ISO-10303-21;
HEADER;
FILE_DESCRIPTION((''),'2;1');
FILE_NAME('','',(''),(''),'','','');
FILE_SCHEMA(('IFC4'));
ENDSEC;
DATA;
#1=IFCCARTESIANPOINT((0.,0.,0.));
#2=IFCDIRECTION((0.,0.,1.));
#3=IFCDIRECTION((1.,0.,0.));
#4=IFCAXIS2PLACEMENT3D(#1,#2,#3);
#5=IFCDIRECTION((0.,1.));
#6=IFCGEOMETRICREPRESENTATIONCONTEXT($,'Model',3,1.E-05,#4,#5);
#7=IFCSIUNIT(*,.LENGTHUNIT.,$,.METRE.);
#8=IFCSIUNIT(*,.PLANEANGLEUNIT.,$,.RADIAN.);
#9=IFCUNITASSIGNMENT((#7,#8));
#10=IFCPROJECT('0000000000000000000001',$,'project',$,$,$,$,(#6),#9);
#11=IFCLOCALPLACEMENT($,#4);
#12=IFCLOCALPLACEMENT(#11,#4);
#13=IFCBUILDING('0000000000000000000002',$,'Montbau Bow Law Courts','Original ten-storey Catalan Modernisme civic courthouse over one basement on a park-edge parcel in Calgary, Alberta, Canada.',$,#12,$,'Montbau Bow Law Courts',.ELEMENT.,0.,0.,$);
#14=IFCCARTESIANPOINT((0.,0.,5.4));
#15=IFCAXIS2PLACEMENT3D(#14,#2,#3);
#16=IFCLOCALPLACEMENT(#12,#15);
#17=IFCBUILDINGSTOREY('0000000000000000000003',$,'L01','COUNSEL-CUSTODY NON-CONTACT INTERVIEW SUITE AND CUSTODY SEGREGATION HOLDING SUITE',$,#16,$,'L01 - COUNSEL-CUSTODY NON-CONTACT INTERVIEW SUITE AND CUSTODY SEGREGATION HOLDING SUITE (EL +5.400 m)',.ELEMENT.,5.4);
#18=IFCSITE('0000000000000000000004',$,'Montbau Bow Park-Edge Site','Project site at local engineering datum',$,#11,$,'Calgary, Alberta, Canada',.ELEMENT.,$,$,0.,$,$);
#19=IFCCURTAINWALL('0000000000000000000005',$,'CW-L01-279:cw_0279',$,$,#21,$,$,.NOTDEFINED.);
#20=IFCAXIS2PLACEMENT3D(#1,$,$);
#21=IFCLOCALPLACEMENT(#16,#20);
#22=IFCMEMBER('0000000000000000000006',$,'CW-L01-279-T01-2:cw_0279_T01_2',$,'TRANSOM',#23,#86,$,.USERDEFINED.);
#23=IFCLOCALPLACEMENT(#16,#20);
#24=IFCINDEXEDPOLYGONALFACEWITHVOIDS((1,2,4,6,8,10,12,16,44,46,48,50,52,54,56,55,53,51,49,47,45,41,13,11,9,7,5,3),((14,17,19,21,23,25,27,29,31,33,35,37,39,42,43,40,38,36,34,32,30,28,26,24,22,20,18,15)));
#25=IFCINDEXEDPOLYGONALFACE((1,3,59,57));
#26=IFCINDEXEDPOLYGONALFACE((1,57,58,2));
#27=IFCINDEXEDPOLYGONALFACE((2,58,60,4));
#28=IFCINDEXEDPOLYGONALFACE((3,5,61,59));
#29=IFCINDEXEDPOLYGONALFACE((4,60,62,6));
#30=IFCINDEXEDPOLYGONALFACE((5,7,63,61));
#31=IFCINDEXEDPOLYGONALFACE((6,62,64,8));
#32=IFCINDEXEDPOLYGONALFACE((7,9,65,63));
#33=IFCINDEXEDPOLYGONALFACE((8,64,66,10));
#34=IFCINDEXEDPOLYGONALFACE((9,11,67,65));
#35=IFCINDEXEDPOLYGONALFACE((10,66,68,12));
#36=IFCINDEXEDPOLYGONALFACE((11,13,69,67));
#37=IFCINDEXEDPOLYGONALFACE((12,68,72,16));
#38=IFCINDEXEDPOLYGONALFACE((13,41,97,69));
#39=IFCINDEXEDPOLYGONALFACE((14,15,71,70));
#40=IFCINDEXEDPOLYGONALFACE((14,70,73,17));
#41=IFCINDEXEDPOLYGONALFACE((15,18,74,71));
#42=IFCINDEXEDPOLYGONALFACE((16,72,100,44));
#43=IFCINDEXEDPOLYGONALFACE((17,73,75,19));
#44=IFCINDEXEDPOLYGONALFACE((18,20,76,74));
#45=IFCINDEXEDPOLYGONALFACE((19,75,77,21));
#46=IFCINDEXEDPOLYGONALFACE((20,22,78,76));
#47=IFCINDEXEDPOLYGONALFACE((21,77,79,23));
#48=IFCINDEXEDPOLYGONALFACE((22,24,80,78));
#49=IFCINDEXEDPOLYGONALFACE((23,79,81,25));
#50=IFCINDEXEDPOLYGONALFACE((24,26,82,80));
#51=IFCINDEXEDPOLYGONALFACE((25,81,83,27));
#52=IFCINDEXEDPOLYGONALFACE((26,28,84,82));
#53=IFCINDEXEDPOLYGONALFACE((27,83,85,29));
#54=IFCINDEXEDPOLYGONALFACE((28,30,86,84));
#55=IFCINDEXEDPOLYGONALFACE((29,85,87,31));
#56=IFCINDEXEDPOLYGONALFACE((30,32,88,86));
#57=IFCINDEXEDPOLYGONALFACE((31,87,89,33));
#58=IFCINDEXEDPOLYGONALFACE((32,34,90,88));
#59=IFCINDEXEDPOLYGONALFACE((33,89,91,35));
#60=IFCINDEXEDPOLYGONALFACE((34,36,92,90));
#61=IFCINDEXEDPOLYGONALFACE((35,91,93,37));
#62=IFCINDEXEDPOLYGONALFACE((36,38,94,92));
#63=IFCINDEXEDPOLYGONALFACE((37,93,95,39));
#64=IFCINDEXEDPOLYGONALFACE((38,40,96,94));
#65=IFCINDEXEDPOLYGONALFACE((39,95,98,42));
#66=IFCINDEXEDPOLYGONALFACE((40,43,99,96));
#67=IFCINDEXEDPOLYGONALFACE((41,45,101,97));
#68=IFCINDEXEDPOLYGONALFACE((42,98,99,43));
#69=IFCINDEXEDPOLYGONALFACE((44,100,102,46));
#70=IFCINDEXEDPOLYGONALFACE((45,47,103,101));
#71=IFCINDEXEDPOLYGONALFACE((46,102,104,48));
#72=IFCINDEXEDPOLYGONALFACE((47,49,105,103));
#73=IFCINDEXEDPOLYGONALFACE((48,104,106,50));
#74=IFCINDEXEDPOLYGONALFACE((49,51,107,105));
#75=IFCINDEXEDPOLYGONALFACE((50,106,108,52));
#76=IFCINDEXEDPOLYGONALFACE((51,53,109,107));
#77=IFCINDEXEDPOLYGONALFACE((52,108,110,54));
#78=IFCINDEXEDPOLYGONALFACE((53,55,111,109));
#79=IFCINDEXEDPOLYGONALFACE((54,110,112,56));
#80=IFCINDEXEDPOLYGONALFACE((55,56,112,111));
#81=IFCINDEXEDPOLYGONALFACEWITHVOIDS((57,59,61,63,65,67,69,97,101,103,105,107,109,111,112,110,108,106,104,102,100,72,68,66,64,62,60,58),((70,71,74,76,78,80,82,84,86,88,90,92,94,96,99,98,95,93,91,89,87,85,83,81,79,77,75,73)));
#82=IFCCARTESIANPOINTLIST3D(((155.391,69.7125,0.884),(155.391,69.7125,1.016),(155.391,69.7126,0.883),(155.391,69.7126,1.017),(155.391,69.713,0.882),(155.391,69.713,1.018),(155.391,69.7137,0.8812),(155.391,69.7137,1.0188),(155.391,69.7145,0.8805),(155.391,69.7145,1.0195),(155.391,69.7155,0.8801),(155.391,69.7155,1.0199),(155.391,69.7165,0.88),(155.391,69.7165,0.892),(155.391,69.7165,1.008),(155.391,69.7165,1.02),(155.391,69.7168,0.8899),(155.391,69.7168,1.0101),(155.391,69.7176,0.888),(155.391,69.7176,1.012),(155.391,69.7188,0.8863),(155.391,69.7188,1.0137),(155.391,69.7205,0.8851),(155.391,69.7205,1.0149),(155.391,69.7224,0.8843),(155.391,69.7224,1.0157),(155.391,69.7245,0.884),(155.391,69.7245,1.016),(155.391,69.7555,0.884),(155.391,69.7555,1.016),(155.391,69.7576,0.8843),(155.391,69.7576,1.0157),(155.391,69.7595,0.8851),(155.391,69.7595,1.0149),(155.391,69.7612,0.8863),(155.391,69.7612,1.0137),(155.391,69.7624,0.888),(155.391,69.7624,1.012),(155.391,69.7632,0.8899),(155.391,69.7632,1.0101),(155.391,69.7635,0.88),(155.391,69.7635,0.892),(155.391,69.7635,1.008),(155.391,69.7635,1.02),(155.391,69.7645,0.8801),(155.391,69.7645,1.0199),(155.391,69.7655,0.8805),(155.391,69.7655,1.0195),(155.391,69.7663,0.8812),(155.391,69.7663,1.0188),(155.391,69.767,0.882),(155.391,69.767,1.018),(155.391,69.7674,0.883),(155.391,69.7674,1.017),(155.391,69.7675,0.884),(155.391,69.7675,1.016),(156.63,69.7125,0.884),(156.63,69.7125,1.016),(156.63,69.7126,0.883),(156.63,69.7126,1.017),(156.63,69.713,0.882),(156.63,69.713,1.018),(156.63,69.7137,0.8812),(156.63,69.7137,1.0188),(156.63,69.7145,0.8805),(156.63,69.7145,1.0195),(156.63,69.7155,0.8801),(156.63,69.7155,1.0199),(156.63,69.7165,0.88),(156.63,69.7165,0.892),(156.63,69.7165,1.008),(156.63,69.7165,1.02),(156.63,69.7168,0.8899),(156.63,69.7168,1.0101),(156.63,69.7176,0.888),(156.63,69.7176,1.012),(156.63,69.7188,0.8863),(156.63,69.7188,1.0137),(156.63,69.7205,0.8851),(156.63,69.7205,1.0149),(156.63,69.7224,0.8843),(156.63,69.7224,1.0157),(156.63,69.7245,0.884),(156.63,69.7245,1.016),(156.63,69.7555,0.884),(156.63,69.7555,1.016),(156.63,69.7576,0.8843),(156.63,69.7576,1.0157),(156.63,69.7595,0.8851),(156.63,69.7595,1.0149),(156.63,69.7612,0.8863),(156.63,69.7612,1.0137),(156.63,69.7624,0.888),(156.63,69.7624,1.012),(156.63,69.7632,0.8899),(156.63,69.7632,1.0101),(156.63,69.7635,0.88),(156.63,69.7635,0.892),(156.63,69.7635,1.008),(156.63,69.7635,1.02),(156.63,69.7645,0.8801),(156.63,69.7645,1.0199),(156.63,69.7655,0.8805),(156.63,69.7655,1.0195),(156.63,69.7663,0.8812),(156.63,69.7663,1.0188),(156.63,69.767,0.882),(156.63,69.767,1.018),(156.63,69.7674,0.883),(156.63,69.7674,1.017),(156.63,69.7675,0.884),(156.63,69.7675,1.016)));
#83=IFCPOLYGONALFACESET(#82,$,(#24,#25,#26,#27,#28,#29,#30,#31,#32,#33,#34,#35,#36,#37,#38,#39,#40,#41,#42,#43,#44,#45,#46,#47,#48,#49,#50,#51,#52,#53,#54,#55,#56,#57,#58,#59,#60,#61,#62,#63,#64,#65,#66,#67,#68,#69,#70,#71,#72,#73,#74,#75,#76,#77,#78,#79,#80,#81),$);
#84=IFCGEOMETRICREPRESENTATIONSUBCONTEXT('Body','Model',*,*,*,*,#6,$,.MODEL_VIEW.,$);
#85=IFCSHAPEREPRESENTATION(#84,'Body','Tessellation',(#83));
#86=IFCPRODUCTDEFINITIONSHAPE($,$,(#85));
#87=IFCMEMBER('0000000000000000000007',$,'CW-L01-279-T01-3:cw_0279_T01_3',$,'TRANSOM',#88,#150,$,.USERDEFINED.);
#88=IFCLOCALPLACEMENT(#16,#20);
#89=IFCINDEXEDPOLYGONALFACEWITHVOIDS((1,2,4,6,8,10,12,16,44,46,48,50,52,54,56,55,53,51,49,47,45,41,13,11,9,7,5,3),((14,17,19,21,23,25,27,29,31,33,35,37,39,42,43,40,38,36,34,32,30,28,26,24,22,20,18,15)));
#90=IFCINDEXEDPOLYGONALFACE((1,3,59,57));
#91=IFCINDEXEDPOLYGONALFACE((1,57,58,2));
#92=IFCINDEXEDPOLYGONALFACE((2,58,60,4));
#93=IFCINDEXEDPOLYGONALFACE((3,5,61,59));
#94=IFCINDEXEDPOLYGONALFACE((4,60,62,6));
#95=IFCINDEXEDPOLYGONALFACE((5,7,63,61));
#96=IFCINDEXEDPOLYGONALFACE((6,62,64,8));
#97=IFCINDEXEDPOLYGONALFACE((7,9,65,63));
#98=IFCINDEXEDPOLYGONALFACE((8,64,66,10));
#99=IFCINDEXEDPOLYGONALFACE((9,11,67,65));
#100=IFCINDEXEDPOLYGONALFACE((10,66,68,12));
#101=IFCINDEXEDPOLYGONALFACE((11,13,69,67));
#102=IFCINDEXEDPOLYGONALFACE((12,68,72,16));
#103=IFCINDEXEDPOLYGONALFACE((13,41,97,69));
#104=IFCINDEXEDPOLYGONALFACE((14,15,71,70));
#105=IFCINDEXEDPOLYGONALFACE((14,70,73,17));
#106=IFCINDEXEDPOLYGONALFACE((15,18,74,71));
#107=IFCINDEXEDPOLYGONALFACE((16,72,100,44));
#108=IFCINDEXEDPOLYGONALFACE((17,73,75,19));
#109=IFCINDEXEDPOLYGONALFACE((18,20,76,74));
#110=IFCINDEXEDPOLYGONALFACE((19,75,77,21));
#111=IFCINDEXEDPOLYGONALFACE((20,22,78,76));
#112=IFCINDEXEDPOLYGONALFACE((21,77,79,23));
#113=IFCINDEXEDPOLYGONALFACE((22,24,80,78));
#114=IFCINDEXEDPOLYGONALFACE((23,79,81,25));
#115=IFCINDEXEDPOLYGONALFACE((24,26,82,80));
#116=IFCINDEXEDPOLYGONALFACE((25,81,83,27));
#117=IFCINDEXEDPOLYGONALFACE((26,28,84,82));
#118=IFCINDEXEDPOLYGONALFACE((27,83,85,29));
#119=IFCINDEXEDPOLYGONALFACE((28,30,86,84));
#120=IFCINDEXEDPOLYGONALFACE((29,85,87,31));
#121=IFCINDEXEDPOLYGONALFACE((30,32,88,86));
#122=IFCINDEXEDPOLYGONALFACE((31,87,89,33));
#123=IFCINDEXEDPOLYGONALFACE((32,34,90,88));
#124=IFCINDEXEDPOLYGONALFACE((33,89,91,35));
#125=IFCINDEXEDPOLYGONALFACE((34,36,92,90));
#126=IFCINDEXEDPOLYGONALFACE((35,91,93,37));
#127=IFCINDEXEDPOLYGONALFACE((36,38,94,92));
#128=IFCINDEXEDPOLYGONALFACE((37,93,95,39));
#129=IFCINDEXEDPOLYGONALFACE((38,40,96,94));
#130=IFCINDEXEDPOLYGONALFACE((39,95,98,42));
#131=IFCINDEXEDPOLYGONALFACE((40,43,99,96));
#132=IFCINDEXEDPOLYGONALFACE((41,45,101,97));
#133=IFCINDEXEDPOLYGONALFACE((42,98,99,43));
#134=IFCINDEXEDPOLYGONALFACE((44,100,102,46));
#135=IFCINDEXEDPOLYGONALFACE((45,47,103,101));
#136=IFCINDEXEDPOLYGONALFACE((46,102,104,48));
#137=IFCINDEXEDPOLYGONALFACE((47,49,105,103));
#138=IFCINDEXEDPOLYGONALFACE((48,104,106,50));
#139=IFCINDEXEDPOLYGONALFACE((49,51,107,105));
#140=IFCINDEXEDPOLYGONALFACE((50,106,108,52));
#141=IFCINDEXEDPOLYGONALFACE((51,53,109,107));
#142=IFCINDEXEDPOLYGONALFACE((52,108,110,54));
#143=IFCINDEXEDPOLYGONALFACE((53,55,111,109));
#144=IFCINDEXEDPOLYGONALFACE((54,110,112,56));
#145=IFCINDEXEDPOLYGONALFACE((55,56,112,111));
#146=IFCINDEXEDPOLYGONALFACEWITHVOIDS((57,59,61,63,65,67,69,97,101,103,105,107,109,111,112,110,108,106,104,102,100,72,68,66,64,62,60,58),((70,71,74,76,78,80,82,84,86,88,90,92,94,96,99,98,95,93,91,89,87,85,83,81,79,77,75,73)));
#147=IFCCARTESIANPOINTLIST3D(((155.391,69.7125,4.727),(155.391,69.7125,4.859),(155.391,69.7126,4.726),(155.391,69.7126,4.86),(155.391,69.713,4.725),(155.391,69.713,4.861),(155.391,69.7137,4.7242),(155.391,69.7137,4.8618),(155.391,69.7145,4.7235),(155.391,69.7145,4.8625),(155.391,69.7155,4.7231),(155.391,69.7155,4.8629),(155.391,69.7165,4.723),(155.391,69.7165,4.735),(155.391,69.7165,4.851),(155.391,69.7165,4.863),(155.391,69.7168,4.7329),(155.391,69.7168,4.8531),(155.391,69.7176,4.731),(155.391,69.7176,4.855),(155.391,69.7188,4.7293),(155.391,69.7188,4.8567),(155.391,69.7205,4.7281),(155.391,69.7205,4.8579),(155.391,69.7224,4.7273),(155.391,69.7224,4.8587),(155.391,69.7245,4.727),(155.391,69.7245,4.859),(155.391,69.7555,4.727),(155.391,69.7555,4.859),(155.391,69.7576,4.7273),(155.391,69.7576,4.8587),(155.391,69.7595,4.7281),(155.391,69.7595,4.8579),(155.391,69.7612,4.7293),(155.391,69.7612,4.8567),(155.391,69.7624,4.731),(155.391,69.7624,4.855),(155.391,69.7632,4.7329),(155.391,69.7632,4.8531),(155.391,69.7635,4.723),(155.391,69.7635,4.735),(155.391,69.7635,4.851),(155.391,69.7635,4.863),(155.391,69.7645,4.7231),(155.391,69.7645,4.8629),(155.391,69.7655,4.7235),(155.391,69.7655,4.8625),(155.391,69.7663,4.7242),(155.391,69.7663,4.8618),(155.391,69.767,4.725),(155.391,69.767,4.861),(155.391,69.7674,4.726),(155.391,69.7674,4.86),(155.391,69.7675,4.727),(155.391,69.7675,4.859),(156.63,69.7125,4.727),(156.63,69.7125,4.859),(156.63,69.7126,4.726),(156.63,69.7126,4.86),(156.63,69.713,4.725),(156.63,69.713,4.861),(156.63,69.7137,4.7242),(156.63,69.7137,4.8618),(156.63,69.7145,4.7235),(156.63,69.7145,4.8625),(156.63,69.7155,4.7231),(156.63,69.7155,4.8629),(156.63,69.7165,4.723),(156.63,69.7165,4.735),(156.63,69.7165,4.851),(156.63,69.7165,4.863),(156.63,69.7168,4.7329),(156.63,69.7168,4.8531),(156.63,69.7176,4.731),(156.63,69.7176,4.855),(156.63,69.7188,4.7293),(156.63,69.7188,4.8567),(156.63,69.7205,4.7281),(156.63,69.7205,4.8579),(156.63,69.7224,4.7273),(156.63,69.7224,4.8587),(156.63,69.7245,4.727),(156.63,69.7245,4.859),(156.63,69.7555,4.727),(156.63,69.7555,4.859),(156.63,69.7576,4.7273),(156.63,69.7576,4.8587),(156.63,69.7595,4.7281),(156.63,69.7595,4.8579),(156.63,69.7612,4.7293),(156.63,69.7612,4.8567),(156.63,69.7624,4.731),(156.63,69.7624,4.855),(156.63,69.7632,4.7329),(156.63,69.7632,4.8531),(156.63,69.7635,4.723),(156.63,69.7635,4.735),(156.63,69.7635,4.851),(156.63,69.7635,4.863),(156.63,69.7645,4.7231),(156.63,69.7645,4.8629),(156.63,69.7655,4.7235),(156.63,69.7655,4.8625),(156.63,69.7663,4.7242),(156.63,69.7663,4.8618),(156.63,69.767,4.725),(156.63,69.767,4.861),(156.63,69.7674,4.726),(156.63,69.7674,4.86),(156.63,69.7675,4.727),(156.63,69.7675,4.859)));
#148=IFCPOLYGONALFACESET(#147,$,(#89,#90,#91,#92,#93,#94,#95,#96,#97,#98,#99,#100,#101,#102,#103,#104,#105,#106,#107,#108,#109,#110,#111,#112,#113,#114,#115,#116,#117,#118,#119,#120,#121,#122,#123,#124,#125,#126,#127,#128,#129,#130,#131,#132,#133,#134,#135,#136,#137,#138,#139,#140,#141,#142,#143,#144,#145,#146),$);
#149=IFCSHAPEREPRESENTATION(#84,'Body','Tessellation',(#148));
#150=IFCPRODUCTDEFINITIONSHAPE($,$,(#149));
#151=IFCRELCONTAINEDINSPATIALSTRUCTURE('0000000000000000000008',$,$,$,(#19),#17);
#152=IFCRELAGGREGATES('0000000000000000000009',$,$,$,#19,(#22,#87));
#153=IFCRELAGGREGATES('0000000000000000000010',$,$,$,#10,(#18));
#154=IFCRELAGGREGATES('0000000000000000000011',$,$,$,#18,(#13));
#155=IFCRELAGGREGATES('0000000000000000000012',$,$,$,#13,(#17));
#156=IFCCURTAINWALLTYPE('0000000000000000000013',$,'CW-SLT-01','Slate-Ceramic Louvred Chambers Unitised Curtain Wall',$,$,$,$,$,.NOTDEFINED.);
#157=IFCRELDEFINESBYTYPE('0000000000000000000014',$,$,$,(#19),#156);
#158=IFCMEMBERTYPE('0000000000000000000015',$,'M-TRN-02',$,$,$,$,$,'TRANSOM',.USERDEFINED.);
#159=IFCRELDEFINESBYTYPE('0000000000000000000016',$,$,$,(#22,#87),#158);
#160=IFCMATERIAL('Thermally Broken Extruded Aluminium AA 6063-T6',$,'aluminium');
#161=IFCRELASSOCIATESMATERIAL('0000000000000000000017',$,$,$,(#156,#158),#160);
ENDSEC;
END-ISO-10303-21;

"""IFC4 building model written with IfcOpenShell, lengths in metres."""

from ifc_helpers import new_model, si_unit, direction, frame, origin_with_axes, origin_2d_with_axis, place, context, subcontext, project, spatial, hollow_rectangle, extrude, material, material_profile, profile_set, type_object, element, aggregate, save


model = new_model("IFC4")

# Units and contexts
model_context = context("Model", 3, precision=1e-05, world=origin_with_axes(), true_north=direction((0.0, 1.0)))
body_context = subcontext(model_context, "Body", "Model", "MODEL_VIEW")
ifc_project = project(units=[si_unit("LENGTHUNIT", "METRE"), si_unit("PLANEANGLEUNIT", "RADIAN")], contexts=[model_context])

# Site, building, storey
site_placement = place(None, origin_with_axes())
site = spatial("IfcSite", under=ifc_project, at=site_placement, Name="Montbau Bow Park-Edge Site", Description="Project site at local engineering datum", LongName="Calgary, Alberta, Canada", CompositionType="ELEMENT", RefElevation=0.0)
building_placement = place(site_placement, origin_with_axes())
building = spatial("IfcBuilding", under=site, at=building_placement, Name="Montbau Bow Law Courts", Description="Original ten-storey Catalan Modernisme civic courthouse over one basement on a park-edge parcel in Calgary, Alberta, Canada.", LongName="Montbau Bow Law Courts", CompositionType="ELEMENT", ElevationOfRefHeight=0.0, ElevationOfTerrain=0.0)
storey_placement = place(building_placement, frame((0.0, 0.0, 5.4), z_axis=(0.0, 0.0, 1.0), x_axis=(1.0, 0.0, 0.0)))
storey = spatial("IfcBuildingStorey", under=building, at=storey_placement, Name="L01", Description="COUNSEL-CUSTODY NON-CONTACT INTERVIEW SUITE AND CUSTODY SEGREGATION HOLDING SUITE", LongName="L01 - COUNSEL-CUSTODY NON-CONTACT INTERVIEW SUITE AND CUSTODY SEGREGATION HOLDING SUITE (EL +5.400 m)", CompositionType="ELEMENT", Elevation=5.4)

# Curtain wall
ifc_material_1 = material(Name="Thermally Broken Extruded Aluminium AA 6063-T6", Category="aluminium")
curtain_wall_type = type_object("IfcCurtainWallType", Name="CW-SLT-01", Description="Slate-Ceramic Louvred Chambers Unitised Curtain Wall", PredefinedType="NOTDEFINED", material=ifc_material_1)
curtain_wall_1_placement = place(None, frame((155.315, 69.74, 5.4), z_axis=(0.0, 0.0, 1.0), x_axis=(1.0, 0.0, 0.0)))
curtain_wall_1 = element("IfcCurtainWall", 1, at=curtain_wall_1_placement, inside=storey, type_object=curtain_wall_type, Name="CW-L01-279:cw_0279", PredefinedType="NOTDEFINED")

# Members
ifc_material_profile_1 = material_profile(ifc_material_1, hollow_rectangle(XDim=0.055, YDim=0.14, WallThickness=0.004, InnerFilletRadius=0.008, OuterFilletRadius=0.004, at=origin_2d_with_axis()), Name="CWT-140X55", Category="Main", Priority=0)
ifc_profile_set_1 = profile_set([ifc_material_profile_1], Name="Thermally Broken Extruded Aluminium AA 6063-T6")
member_type_1 = type_object("IfcMemberType", Name="M-TRN-02", ElementType="TRANSOM", PredefinedType="USERDEFINED", material=ifc_profile_set_1)
member_1_placement = place(None, frame((155.391, 69.74, 6.35), z_axis=(1.0, 0.0, 0.0), x_axis=(0.0, 1.0, 0.0)))
member_1 = element("IfcMember", 2, at=member_1_placement, type_object=member_type_1, Name="CW-L01-279-T01-2:cw_0279_T01_2", ObjectType="TRANSOM", PredefinedType="USERDEFINED", context=body_context, shape_type="SweptSolid", body=[
    extrude(hollow_rectangle(XDim=0.055, YDim=0.14, WallThickness=0.004, InnerFilletRadius=0.008, OuterFilletRadius=0.004, at=origin_2d_with_axis()), origin_with_axes(), (0.0, 0.0, 1.0), 1.239),
])
member_2_placement = place(None, frame((155.391, 69.74, 10.193), z_axis=(1.0, 0.0, 0.0), x_axis=(0.0, 1.0, 0.0)))
member_2 = element("IfcMember", 3, at=member_2_placement, type_object=member_type_1, Name="CW-L01-279-T01-3:cw_0279_T01_3", ObjectType="TRANSOM", PredefinedType="USERDEFINED", context=body_context, shape_type="SweptSolid", body=[
    extrude(hollow_rectangle(XDim=0.055, YDim=0.14, WallThickness=0.004, InnerFilletRadius=0.008, OuterFilletRadius=0.004, at=origin_2d_with_axis()), origin_with_axes(), (0.0, 0.0, 1.0), 1.239),
])

aggregate(curtain_wall_1, [member_1, member_2])

save(model, "model.ifc")
